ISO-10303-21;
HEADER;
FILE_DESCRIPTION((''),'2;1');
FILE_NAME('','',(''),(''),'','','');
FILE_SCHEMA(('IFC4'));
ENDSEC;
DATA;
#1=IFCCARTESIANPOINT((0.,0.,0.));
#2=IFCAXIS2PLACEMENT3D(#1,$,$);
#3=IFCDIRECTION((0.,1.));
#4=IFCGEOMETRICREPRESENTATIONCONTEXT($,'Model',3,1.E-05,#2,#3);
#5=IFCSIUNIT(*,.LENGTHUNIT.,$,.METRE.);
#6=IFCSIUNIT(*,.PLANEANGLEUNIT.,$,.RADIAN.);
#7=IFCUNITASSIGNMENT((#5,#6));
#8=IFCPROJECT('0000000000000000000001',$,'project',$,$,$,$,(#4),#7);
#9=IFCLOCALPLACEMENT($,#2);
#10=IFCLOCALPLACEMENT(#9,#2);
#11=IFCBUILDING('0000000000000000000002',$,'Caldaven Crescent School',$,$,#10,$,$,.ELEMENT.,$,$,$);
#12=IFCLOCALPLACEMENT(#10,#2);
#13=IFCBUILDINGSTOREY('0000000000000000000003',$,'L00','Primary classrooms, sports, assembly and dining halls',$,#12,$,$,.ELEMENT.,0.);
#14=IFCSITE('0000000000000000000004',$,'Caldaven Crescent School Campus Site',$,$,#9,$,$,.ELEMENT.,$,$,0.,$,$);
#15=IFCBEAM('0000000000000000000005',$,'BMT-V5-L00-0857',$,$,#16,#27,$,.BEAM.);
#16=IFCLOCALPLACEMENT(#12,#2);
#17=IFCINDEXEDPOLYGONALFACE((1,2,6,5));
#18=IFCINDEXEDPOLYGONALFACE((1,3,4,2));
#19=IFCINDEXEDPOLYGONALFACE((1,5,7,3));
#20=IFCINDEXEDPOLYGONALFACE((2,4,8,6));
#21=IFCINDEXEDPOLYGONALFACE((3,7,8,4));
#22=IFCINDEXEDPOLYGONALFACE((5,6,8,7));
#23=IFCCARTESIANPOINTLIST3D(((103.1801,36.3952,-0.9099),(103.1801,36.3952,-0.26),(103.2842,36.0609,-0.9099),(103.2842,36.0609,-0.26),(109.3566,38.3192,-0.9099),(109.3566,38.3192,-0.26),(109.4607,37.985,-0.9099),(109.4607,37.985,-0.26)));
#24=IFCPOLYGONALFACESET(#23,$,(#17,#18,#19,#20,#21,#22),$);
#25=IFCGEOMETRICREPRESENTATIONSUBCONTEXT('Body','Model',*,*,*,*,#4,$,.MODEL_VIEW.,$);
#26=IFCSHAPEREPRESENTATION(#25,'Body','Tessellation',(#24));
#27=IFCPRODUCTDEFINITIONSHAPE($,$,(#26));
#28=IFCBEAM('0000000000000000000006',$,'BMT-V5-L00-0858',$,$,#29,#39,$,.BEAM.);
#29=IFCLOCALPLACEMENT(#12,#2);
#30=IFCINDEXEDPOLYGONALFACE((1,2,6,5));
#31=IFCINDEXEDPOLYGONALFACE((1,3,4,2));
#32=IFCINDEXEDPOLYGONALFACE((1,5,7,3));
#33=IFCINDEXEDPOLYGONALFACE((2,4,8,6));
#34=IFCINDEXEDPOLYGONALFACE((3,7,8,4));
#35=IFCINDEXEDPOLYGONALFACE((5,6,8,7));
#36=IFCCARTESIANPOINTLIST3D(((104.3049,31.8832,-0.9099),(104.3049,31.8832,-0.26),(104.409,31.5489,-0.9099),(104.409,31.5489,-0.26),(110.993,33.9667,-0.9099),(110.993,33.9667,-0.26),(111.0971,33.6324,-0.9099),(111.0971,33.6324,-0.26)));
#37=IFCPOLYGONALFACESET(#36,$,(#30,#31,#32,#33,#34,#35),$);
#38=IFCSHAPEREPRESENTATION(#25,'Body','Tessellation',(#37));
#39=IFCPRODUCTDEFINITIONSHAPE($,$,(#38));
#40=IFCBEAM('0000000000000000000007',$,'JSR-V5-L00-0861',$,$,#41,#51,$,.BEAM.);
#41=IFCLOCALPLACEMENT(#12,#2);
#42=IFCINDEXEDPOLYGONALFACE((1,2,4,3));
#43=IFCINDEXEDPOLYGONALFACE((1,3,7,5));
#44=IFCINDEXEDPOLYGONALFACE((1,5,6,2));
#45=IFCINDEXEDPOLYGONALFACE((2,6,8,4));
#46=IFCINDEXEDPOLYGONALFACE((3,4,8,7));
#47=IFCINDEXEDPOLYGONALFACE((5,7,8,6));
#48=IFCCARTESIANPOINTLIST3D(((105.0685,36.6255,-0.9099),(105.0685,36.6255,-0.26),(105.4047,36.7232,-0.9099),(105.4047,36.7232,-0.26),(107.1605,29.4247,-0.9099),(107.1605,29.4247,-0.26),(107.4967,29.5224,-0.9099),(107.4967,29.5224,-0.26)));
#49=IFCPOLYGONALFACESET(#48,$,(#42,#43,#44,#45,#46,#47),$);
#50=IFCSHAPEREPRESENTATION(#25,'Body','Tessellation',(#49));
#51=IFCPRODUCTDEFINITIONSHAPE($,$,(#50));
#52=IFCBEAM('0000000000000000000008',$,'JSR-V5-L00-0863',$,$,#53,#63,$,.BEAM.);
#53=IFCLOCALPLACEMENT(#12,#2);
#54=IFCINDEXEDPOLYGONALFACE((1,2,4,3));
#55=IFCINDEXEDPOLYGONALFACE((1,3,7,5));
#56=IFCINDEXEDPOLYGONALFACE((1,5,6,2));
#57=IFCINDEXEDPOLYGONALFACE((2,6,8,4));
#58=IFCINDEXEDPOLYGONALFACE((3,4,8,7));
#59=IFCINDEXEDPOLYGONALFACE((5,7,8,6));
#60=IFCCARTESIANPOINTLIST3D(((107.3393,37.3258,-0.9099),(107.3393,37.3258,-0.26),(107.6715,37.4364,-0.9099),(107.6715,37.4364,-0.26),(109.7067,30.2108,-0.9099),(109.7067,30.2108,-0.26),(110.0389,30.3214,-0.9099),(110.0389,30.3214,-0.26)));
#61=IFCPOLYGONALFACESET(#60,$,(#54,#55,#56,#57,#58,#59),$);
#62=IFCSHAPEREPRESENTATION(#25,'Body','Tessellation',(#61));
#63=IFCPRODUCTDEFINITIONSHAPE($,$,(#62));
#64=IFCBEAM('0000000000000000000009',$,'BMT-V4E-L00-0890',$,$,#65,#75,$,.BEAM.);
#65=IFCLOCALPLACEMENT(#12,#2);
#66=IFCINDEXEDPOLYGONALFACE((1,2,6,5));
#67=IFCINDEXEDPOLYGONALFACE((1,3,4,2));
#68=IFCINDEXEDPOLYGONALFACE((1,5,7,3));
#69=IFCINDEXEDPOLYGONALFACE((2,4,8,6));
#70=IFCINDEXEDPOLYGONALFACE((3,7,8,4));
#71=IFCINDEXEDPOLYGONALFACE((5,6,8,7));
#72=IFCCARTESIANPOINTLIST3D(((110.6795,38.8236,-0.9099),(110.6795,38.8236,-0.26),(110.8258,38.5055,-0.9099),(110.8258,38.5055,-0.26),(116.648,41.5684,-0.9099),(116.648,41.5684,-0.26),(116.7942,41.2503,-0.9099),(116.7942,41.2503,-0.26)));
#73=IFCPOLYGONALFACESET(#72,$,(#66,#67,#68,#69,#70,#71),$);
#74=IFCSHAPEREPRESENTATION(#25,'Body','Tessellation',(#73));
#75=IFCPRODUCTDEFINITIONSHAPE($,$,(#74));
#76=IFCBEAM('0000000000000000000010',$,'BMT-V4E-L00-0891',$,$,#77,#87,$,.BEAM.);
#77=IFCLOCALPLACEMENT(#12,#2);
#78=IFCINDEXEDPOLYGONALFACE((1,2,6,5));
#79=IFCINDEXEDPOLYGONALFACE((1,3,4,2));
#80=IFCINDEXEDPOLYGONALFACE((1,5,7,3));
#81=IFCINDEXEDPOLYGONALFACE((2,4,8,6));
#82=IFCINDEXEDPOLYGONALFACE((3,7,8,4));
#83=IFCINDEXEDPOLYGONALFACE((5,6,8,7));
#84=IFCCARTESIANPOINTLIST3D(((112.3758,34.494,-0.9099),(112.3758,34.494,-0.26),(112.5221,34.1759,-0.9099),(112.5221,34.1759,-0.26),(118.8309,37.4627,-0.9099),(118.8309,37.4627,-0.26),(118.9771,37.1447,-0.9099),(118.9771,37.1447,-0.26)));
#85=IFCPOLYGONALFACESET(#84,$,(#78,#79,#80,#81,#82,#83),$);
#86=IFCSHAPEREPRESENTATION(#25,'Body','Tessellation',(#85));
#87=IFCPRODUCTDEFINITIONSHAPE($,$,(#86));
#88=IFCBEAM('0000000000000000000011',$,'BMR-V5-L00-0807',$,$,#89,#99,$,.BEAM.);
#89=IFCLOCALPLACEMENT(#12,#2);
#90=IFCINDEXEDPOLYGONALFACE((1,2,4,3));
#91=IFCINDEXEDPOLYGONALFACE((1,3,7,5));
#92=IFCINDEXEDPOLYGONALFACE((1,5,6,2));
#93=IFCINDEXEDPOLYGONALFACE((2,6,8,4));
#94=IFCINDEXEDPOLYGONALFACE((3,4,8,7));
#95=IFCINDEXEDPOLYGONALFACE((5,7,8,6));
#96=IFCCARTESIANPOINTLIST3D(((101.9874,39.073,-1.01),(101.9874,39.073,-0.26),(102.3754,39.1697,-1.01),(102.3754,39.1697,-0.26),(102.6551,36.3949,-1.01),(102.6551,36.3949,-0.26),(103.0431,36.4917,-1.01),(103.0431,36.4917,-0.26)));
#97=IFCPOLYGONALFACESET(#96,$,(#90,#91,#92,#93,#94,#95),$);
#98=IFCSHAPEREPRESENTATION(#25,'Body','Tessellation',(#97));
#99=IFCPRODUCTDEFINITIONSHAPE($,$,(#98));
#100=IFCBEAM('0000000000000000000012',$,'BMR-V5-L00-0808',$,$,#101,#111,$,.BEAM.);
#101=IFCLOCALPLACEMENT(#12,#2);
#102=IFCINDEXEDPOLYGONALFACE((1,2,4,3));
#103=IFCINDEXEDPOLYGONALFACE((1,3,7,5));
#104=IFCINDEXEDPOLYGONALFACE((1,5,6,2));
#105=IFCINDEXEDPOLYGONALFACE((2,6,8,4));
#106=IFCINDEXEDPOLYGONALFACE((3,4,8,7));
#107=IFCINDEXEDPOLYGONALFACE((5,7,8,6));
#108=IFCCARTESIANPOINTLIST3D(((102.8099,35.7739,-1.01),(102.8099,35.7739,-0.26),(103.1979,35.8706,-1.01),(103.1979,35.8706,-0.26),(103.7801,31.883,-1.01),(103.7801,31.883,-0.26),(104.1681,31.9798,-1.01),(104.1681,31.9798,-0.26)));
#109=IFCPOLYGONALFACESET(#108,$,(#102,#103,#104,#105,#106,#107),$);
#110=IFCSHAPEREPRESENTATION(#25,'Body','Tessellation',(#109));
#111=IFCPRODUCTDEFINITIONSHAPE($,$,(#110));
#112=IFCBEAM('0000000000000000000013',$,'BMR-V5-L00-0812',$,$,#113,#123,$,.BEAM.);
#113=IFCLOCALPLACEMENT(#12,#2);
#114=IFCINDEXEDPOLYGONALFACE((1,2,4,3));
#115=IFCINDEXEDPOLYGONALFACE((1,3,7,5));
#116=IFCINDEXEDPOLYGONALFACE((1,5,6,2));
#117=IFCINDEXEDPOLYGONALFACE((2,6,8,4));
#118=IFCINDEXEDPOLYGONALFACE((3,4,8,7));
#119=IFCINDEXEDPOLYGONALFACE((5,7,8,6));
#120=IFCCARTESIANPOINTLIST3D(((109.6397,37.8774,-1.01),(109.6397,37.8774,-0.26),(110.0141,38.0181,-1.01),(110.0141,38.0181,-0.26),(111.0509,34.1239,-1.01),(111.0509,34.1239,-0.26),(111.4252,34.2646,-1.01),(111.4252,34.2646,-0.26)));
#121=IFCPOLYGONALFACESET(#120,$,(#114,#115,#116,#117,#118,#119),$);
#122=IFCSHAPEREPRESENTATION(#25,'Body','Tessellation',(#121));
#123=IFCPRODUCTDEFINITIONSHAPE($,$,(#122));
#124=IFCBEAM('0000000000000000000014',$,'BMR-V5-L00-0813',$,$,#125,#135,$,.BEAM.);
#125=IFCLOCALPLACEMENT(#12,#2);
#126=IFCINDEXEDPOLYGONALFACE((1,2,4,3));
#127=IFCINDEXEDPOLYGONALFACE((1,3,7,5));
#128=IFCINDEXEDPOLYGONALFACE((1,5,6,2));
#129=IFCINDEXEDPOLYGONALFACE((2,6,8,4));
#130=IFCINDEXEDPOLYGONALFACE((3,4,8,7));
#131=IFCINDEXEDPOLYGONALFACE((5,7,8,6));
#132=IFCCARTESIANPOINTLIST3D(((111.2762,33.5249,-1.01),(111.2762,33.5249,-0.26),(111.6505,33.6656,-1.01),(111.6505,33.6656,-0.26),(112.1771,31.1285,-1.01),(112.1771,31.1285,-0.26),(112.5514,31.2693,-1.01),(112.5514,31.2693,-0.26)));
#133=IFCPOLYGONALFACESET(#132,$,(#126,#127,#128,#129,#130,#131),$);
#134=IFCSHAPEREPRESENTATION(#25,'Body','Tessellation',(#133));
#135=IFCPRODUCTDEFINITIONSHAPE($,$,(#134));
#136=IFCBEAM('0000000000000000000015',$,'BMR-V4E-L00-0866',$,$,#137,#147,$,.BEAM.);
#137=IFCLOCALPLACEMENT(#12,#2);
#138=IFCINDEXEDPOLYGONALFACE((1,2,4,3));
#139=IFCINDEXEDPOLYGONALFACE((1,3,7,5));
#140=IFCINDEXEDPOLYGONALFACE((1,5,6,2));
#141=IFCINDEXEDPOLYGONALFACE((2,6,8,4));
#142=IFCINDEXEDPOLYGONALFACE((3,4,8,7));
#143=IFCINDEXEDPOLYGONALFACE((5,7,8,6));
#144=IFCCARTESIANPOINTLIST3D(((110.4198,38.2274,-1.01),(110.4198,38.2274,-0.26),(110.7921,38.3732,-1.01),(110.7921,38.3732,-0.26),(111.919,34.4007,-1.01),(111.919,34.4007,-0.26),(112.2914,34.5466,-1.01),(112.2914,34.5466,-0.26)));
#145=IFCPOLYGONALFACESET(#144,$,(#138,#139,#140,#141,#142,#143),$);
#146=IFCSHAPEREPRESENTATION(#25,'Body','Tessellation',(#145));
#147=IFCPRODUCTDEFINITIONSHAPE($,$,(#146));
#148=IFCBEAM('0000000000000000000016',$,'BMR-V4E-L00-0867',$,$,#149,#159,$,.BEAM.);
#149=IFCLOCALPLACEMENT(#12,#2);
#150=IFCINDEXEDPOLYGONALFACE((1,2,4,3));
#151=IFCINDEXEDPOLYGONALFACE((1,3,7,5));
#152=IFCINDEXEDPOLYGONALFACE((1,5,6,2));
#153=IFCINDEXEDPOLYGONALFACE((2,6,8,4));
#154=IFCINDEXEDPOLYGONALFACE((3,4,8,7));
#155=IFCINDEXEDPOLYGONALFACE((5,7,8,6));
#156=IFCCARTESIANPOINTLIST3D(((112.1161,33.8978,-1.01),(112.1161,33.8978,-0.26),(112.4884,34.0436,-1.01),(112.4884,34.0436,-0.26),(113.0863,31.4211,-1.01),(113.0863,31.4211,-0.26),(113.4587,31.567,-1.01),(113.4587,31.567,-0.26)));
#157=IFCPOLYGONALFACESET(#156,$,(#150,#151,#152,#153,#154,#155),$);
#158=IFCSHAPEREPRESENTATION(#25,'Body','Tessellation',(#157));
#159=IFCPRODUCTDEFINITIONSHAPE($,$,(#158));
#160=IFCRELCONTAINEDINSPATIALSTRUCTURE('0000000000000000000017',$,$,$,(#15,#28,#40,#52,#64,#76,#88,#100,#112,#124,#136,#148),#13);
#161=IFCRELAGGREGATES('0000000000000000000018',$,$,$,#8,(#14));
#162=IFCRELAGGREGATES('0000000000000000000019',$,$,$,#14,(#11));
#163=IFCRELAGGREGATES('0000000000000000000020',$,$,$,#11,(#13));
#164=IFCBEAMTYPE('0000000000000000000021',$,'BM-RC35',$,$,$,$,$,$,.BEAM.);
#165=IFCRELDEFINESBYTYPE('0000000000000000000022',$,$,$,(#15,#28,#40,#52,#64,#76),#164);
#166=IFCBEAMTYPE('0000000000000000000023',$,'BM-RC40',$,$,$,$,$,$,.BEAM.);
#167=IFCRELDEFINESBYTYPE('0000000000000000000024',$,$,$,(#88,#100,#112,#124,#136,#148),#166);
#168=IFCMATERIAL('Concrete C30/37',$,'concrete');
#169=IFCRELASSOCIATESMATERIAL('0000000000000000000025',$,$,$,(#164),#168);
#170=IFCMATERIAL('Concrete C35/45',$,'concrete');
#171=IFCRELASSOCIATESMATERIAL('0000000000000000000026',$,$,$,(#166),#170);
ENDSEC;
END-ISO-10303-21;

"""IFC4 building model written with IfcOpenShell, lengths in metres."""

from ifc_helpers import new_model, si_unit, direction, frame, origin, origin_2d, place, context, subcontext, project, spatial, rectangle, extrude, material, material_profile, profile_set, type_object, element, save


model = new_model("IFC4")

# Units and contexts
model_context = context("Model", 3, precision=1e-05, world=origin(), true_north=direction((0.0, 1.0)))
body_context = subcontext(model_context, "Body", "Model", "MODEL_VIEW")
ifc_project = project(units=[si_unit("LENGTHUNIT", "METRE"), si_unit("PLANEANGLEUNIT", "RADIAN")], contexts=[model_context])

# Site, building, storey
site_placement = place(None, origin())
site = spatial("IfcSite", under=ifc_project, at=site_placement, Name="Caldaven Crescent School Campus Site", CompositionType="ELEMENT", RefElevation=0.0)
building_placement = place(site_placement, origin())
building = spatial("IfcBuilding", under=site, at=building_placement, Name="Caldaven Crescent School", CompositionType="ELEMENT")
storey_placement = place(building_placement, origin())
storey = spatial("IfcBuildingStorey", under=building, at=storey_placement, Name="L00", Description="Primary classrooms, sports, assembly and dining halls", CompositionType="ELEMENT", Elevation=0.0)

# Beams
ifc_material_1 = material(Name="Concrete C30/37", Category="concrete")
ifc_material_profile_1 = material_profile(ifc_material_1, rectangle(XDim=0.3501, YDim=0.6499, at=origin_2d()), Name="RC 350x650")
ifc_profile_set_1 = profile_set([ifc_material_profile_1], Name="Concrete C30/37")
beam_type_1 = type_object("IfcBeamType", Name="BM-RC35", PredefinedType="BEAM", material=ifc_profile_set_1)
beam_1_placement = place(storey_placement, frame((103.2322, 36.228, -0.585), z_axis=(0.954748, 0.297417, 0.0), x_axis=(-0.297417, 0.954748, 0.0)))
element("IfcBeam", 1, at=beam_1_placement, inside=storey, type_object=beam_type_1, Name="BMT-V5-L00-0857", PredefinedType="BEAM", context=body_context, shape_type="SweptSolid", body=[
    extrude(rectangle(XDim=0.3501, YDim=0.6499, at=origin_2d()), origin(), (0.0, 0.0, 1.0), 6.4692),
])
beam_2_placement = place(storey_placement, frame((104.3569, 31.7161, -0.585), z_axis=(0.954747, 0.29742, 0.0), x_axis=(-0.29742, 0.954747, 0.0)))
element("IfcBeam", 2, at=beam_2_placement, inside=storey, type_object=beam_type_1, Name="BMT-V5-L00-0858", PredefinedType="BEAM", context=body_context, shape_type="SweptSolid", body=[
    extrude(rectangle(XDim=0.3501, YDim=0.6499, at=origin_2d()), origin(), (0.0, 0.0, 1.0), 7.0051),
])
for number, where, z_axis, x_axis, name in (
    (3, (105.2366, 36.6743, -0.585), (0.278997, -0.960292, 0.0), (0.960292, 0.278997, 0.0), "JSR-V5-L00-0861"),
    (4, (107.5054, 37.3811, -0.585), (0.31572, -0.948852, 0.0), (0.948852, 0.31572, 0.0), "JSR-V5-L00-0863"),
):
    element("IfcBeam", number, at=place(storey_placement, frame(where, z_axis=z_axis, x_axis=x_axis)), inside=storey, type_object=beam_type_1, Name=name, PredefinedType="BEAM", context=body_context, shape_type="SweptSolid", body=[
        extrude(rectangle(XDim=0.3501, YDim=0.6499, at=origin_2d()), origin(), (0.0, 0.0, 1.0), 7.4985),
    ])
beam_3_placement = place(storey_placement, frame((110.7527, 38.6646, -0.585), z_axis=(0.908527, 0.417825, 0.0), x_axis=(-0.417825, 0.908527, 0.0)))
element("IfcBeam", 5, at=beam_3_placement, inside=storey, type_object=beam_type_1, Name="BMT-V4E-L00-0890", PredefinedType="BEAM", context=body_context, shape_type="SweptSolid", body=[
    extrude(rectangle(XDim=0.3501, YDim=0.6499, at=origin_2d()), origin(), (0.0, 0.0, 1.0), 6.5693),
])
beam_4_placement = place(storey_placement, frame((112.449, 34.335, -0.585), z_axis=(0.908522, 0.417838, 0.0), x_axis=(-0.417838, 0.908522, 0.0)))
element("IfcBeam", 6, at=beam_4_placement, inside=storey, type_object=beam_type_1, Name="BMT-V4E-L00-0891", PredefinedType="BEAM", context=body_context, shape_type="SweptSolid", body=[
    extrude(rectangle(XDim=0.3501, YDim=0.6499, at=origin_2d()), origin(), (0.0, 0.0, 1.0), 7.105),
])
ifc_material_2 = material(Name="Concrete C35/45", Category="concrete")
ifc_material_profile_2 = material_profile(ifc_material_2, rectangle(XDim=0.3999, YDim=0.75, at=origin_2d()), Name="RC 400x750")
ifc_profile_set_2 = profile_set([ifc_material_profile_2], Name="Concrete C35/45")
beam_type_2 = type_object("IfcBeamType", Name="BM-RC40", PredefinedType="BEAM", material=ifc_profile_set_2)
beam_5_placement = place(storey_placement, frame((102.1814, 39.1213, -0.635), z_axis=(0.241932, -0.970293, 0.0), x_axis=(0.970293, 0.241932, 0.0)))
element("IfcBeam", 7, at=beam_5_placement, inside=storey, type_object=beam_type_2, Name="BMR-V5-L00-0807", PredefinedType="BEAM", context=body_context, shape_type="SweptSolid", body=[
    extrude(rectangle(XDim=0.3999, YDim=0.75, at=origin_2d()), origin(), (0.0, 0.0, 1.0), 2.76),
])
for number, where, z_axis, x_axis, name in (
    (8, (103.0039, 35.8223, -0.635), (0.241948, -0.970289, 0.0), (0.970289, 0.241948, 0.0), "BMR-V5-L00-0808"),
    (9, (109.8269, 37.9478, -0.635), (0.351911, -0.936034, 0.0), (0.936034, 0.351911, 0.0), "BMR-V5-L00-0812"),
):
    element("IfcBeam", number, at=place(storey_placement, frame(where, z_axis=z_axis, x_axis=x_axis)), inside=storey, type_object=beam_type_2, Name=name, PredefinedType="BEAM", context=body_context, shape_type="SweptSolid", body=[
        extrude(rectangle(XDim=0.3999, YDim=0.75, at=origin_2d()), origin(), (0.0, 0.0, 1.0), 4.01),
    ])
beam_6_placement = place(storey_placement, frame((111.4634, 33.5952, -0.635), z_axis=(0.351907, -0.936035, 0.0), x_axis=(0.936035, 0.351907, 0.0)))
element("IfcBeam", 10, at=beam_6_placement, inside=storey, type_object=beam_type_2, Name="BMR-V5-L00-0813", PredefinedType="BEAM", context=body_context, shape_type="SweptSolid", body=[
    extrude(rectangle(XDim=0.3999, YDim=0.75, at=origin_2d()), origin(), (0.0, 0.0, 1.0), 2.5601),
])
beam_7_placement = place(storey_placement, frame((110.606, 38.3003, -0.635), z_axis=(0.364796, -0.931088, 0.0), x_axis=(0.931088, 0.364796, 0.0)))
element("IfcBeam", 11, at=beam_7_placement, inside=storey, type_object=beam_type_2, Name="BMR-V4E-L00-0866", PredefinedType="BEAM", context=body_context, shape_type="SweptSolid", body=[
    extrude(rectangle(XDim=0.3999, YDim=0.75, at=origin_2d()), origin(), (0.0, 0.0, 1.0), 4.1099),
])
beam_8_placement = place(storey_placement, frame((112.3022, 33.9707, -0.635), z_axis=(0.364766, -0.931099, 0.0), x_axis=(0.931099, 0.364766, 0.0)))
element("IfcBeam", 12, at=beam_8_placement, inside=storey, type_object=beam_type_2, Name="BMR-V4E-L00-0867", PredefinedType="BEAM", context=body_context, shape_type="SweptSolid", body=[
    extrude(rectangle(XDim=0.3999, YDim=0.75, at=origin_2d()), origin(), (0.0, 0.0, 1.0), 2.6599),
])

save(model, "model.ifc")
